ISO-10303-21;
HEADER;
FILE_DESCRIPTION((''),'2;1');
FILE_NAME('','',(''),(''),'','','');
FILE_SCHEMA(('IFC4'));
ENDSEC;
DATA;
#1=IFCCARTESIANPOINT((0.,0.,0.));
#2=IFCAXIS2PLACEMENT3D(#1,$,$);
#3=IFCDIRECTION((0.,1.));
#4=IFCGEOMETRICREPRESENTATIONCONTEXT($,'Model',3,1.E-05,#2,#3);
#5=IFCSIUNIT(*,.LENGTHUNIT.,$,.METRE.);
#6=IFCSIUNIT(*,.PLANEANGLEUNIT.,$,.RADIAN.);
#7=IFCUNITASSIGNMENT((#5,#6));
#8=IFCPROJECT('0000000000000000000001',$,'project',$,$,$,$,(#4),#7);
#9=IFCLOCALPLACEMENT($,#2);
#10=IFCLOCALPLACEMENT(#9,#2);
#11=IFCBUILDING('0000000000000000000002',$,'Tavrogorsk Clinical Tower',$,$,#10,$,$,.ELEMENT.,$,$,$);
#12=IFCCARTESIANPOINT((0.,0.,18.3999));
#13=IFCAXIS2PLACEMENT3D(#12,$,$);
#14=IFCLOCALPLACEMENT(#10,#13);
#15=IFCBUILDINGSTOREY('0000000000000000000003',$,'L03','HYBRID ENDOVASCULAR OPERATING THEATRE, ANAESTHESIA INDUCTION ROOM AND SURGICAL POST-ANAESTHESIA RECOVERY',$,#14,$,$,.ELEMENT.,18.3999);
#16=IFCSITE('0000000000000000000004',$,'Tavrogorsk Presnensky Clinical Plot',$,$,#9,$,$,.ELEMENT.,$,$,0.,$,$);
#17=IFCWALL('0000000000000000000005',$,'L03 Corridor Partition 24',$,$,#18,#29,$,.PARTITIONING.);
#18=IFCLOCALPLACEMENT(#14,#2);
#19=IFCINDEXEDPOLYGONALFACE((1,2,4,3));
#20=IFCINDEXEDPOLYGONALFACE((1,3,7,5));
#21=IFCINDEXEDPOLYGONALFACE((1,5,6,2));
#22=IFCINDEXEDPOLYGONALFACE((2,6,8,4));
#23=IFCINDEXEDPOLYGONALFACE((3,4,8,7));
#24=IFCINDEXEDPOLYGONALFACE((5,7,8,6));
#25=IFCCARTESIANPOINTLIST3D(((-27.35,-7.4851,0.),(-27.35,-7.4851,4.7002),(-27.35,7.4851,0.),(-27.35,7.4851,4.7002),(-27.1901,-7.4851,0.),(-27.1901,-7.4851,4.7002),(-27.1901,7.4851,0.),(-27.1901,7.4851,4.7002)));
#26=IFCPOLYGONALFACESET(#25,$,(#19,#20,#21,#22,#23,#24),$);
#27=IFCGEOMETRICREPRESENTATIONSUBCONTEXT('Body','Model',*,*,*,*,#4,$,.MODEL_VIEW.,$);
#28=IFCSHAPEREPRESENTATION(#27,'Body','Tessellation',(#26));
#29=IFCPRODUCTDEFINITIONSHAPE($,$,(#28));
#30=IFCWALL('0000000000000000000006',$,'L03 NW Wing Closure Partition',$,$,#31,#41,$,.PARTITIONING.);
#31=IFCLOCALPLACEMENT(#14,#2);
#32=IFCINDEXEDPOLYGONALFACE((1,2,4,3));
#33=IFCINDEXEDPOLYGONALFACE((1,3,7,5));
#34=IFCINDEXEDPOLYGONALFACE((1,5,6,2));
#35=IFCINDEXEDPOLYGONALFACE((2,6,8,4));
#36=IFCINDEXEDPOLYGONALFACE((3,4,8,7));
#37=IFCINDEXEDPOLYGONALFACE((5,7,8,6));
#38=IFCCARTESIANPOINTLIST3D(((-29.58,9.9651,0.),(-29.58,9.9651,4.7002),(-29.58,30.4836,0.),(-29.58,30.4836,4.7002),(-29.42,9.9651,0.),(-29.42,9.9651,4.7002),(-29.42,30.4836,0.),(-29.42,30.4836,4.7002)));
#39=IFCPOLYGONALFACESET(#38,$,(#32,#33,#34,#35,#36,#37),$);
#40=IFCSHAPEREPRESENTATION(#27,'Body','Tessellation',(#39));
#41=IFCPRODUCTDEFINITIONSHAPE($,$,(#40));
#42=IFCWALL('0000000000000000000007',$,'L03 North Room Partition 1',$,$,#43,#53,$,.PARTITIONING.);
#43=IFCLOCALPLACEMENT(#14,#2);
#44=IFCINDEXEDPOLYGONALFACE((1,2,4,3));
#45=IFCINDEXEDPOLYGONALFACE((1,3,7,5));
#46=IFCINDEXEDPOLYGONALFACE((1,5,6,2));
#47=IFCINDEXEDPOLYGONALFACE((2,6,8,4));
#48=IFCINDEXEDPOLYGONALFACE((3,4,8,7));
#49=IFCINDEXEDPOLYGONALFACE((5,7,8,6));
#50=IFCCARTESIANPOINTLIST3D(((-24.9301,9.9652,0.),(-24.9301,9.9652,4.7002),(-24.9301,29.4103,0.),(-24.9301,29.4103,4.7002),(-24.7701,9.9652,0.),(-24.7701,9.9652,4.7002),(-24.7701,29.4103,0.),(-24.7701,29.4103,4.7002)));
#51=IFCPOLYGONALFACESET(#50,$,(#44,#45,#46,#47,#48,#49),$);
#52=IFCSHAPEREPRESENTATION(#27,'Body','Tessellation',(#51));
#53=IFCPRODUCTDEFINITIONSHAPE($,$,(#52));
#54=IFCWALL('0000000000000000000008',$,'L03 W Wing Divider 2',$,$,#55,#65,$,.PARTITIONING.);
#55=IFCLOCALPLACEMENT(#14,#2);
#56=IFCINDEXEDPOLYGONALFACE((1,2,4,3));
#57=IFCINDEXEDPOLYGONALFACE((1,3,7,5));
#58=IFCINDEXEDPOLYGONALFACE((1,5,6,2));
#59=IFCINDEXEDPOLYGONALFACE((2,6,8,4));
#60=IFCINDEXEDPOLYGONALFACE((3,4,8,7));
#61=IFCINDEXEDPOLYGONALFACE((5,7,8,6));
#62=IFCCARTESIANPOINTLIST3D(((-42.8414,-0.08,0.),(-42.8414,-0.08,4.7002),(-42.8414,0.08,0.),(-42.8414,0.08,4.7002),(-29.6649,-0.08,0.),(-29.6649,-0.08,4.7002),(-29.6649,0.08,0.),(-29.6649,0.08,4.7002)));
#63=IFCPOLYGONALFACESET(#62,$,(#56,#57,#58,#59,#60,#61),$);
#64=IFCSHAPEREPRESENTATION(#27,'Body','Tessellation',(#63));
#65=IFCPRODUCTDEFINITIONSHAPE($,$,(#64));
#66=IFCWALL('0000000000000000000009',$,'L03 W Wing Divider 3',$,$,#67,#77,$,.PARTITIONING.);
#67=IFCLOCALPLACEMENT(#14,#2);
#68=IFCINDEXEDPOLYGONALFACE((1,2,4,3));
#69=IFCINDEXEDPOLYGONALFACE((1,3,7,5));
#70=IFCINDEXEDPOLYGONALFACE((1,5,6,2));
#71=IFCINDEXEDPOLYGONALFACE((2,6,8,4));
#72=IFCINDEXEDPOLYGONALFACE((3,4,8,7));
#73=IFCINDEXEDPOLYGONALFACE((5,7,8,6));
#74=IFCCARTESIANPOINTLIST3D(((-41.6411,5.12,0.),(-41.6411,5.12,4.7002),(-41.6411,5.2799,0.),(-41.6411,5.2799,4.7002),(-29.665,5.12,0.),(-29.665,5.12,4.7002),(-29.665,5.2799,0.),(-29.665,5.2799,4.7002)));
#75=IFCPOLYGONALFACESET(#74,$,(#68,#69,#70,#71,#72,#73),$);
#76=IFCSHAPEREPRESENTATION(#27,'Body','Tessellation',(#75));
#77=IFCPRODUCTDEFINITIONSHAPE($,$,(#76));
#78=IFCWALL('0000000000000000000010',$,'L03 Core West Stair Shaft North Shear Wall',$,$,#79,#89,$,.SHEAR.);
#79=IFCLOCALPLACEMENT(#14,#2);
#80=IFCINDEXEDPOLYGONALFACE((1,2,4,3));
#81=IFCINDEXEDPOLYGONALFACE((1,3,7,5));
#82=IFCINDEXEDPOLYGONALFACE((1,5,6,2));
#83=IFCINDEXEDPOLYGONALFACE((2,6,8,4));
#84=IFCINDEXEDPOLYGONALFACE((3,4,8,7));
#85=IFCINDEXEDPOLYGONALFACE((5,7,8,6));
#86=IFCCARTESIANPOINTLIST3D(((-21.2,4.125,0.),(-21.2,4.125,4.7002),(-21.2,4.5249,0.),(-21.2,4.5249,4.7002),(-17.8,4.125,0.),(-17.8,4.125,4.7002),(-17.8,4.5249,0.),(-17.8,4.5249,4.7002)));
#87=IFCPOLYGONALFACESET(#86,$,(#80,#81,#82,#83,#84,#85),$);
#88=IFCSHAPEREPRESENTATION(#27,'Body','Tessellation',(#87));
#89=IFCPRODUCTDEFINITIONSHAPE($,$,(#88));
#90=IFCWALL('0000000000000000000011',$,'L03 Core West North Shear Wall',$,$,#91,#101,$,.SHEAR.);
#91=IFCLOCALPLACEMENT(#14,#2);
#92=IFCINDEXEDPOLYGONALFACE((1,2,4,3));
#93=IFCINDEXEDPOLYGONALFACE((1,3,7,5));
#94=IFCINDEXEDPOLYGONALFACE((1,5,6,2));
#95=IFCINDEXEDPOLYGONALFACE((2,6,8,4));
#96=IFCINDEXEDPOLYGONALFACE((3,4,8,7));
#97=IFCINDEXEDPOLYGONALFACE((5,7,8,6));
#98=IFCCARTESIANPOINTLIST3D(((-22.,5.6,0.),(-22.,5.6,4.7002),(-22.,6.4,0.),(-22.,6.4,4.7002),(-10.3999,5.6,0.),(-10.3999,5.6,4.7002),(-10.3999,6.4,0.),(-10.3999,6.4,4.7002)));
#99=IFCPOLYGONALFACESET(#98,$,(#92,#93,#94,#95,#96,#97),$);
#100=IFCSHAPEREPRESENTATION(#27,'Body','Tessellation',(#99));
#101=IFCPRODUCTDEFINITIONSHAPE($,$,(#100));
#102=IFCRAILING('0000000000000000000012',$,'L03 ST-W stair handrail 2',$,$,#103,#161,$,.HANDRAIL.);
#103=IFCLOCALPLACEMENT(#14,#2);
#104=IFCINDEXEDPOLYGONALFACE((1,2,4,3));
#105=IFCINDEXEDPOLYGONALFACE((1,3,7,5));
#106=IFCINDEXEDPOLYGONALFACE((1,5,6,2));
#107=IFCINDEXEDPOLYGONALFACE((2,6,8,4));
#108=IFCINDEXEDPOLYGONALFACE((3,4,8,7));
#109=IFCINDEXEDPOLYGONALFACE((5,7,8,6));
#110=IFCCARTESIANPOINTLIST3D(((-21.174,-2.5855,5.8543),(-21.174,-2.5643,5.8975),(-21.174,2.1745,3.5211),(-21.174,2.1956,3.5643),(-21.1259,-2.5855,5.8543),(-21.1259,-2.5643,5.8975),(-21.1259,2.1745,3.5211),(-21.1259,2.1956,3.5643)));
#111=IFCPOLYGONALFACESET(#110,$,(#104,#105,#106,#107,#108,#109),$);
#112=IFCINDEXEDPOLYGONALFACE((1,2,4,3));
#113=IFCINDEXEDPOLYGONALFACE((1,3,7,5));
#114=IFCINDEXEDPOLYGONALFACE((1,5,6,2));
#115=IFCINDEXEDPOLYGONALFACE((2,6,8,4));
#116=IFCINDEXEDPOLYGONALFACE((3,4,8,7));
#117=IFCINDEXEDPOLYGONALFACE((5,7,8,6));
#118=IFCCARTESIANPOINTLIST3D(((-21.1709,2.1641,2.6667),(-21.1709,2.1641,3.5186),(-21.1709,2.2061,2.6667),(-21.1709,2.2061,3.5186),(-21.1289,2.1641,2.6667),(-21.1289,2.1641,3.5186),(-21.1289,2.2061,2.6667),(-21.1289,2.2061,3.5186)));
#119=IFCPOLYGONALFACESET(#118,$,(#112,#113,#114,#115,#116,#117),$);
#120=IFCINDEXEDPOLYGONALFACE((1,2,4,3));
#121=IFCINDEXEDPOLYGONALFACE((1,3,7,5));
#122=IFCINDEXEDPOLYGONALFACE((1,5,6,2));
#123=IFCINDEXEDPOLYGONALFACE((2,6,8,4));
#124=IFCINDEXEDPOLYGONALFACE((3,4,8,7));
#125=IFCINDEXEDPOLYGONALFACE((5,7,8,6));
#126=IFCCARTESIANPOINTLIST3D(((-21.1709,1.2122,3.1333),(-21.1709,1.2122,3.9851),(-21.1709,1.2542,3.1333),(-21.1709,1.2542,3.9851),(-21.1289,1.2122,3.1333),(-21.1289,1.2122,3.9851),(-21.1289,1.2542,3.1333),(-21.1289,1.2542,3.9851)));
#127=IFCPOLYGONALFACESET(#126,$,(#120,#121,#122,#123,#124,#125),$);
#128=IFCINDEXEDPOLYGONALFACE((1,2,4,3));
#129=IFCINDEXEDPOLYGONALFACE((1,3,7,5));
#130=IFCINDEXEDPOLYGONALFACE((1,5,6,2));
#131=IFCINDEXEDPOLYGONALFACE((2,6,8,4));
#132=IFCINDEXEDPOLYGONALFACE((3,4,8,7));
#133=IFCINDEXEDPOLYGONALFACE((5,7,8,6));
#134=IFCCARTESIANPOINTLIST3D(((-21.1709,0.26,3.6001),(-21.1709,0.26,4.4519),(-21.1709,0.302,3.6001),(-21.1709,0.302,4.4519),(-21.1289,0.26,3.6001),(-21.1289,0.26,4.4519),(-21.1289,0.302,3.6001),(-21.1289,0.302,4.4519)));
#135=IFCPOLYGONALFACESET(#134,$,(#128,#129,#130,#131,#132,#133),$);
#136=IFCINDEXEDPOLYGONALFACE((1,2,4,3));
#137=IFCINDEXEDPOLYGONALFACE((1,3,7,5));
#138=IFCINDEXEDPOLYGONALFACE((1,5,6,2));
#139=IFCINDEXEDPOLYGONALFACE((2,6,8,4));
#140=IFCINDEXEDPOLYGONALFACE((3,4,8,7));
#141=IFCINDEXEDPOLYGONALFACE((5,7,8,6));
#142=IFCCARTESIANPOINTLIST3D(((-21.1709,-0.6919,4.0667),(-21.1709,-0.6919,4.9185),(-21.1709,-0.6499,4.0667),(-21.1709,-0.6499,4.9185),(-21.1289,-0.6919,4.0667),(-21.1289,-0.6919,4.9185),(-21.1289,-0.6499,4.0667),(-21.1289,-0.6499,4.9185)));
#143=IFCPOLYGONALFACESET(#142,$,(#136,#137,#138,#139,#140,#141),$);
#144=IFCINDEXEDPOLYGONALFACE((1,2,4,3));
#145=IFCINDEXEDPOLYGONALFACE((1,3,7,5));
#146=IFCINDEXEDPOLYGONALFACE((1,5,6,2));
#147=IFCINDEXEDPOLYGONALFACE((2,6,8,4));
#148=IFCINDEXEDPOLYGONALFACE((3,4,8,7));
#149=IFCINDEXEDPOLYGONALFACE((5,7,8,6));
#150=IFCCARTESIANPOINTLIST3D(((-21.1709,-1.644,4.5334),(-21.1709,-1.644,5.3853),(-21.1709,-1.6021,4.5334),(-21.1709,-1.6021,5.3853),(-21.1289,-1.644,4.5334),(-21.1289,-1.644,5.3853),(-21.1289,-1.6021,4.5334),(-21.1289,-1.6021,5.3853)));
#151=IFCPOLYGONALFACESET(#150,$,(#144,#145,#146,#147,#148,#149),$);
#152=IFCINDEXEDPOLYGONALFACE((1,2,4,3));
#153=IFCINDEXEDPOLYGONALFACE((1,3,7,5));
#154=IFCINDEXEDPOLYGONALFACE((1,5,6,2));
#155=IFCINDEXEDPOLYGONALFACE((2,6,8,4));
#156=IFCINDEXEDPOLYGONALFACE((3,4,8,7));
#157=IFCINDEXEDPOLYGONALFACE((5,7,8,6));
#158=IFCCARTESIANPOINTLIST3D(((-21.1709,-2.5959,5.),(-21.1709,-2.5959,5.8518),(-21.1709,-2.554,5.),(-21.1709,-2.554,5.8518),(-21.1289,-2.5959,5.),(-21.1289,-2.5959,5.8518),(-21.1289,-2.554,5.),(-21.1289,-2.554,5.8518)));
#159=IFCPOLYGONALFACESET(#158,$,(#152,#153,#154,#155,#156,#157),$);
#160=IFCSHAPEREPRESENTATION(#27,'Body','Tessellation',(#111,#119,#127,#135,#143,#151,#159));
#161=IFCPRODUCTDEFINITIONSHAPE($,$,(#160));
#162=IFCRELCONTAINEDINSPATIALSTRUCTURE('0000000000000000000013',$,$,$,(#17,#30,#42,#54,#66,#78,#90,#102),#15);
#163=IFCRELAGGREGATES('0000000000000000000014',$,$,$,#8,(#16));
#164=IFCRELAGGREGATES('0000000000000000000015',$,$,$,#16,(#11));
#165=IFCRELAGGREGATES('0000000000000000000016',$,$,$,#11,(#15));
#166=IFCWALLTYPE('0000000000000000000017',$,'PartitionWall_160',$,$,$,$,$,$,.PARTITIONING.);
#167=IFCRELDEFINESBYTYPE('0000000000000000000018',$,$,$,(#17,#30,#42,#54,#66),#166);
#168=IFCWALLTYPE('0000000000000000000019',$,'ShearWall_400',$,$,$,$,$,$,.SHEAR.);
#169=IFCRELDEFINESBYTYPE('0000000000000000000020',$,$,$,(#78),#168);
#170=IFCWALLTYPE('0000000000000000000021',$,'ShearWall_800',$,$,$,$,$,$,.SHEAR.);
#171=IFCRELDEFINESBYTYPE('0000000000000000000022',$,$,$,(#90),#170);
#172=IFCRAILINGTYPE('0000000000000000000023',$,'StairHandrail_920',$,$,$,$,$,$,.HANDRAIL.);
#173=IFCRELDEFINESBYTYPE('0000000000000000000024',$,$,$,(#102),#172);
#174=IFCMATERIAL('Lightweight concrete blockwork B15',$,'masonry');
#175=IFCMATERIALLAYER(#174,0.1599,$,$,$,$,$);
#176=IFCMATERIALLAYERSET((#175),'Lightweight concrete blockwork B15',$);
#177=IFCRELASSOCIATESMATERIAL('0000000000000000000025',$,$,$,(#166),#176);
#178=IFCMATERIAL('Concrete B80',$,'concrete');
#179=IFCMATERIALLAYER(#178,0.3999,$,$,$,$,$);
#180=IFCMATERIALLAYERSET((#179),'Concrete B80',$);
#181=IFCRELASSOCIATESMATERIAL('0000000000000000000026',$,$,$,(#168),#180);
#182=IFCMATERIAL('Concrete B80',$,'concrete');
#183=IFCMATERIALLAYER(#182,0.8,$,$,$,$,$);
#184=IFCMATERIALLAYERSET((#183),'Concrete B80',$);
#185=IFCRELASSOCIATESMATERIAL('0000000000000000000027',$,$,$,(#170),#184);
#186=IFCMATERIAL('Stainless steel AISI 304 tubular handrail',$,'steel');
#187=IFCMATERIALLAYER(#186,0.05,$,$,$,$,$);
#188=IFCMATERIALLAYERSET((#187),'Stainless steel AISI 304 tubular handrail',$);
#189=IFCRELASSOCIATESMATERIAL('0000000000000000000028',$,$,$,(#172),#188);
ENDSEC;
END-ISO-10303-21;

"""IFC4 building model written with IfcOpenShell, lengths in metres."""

from ifc_helpers import new_model, si_unit, direction, frame, frame_2d, origin, origin_2d, place, context, subcontext, project, spatial, rectangle, extrude, material, layer, layer_set, type_object, element, save


model = new_model("IFC4")

# Units and contexts
model_context = context("Model", 3, precision=1e-05, world=origin(), true_north=direction((0.0, 1.0)))
body_context = subcontext(model_context, "Body", "Model", "MODEL_VIEW")
ifc_project = project(units=[si_unit("LENGTHUNIT", "METRE"), si_unit("PLANEANGLEUNIT", "RADIAN")], contexts=[model_context])

# Site, building, storey
site_placement = place(None, origin())
site = spatial("IfcSite", under=ifc_project, at=site_placement, Name="Tavrogorsk Presnensky Clinical Plot", CompositionType="ELEMENT", RefElevation=0.0)
building_placement = place(site_placement, origin())
building = spatial("IfcBuilding", under=site, at=building_placement, Name="Tavrogorsk Clinical Tower", CompositionType="ELEMENT")
storey_placement = place(building_placement, frame((0.0, 0.0, 18.3999)))
storey = spatial("IfcBuildingStorey", under=building, at=storey_placement, Name="L03", Description="HYBRID ENDOVASCULAR OPERATING THEATRE, ANAESTHESIA INDUCTION ROOM AND SURGICAL POST-ANAESTHESIA RECOVERY", CompositionType="ELEMENT", Elevation=18.3999)

# Shared definitions
ifc_material_1 = material(Name="Lightweight concrete blockwork B15", Category="masonry")
ifc_layer_1 = layer(ifc_material_1, 0.1599)
ifc_layer_set_1 = layer_set([ifc_layer_1], Name="Lightweight concrete blockwork B15")
wall_type_1 = type_object("IfcWallType", Name="PartitionWall_160", PredefinedType="PARTITIONING", material=ifc_layer_set_1)

# Walls
wall_1_placement = place(storey_placement, frame((-27.27, 7.4851, 0.0), z_axis=(0.0, 0.0, 1.0), x_axis=(0.0, -1.0, 0.0)))
element("IfcWall", 1, at=wall_1_placement, inside=storey, type_object=wall_type_1, Name="L03 Corridor Partition 24", PredefinedType="PARTITIONING", context=body_context, shape_type="SweptSolid", body=[
    extrude(rectangle(XDim=14.9702, YDim=0.1599, at=frame_2d((7.4851, 0.0))), origin(), (0.0, 0.0, 1.0), 4.7002),
])
wall_2_placement = place(storey_placement, frame((-29.5, 9.9651, 0.0), z_axis=(0.0, 0.0, 1.0), x_axis=(0.0, 1.0, 0.0)))
element("IfcWall", 2, at=wall_2_placement, inside=storey, type_object=wall_type_1, Name="L03 NW Wing Closure Partition", PredefinedType="PARTITIONING", context=body_context, shape_type="SweptSolid", body=[
    extrude(rectangle(XDim=20.5186, YDim=0.1599, at=frame_2d((10.2593, 0.0))), origin(), (0.0, 0.0, 1.0), 4.7002),
])
wall_3_placement = place(storey_placement, frame((-24.8501, 9.9651, 0.0), z_axis=(0.0, 0.0, 1.0), x_axis=(0.0, 1.0, 0.0)))
element("IfcWall", 3, at=wall_3_placement, inside=storey, type_object=wall_type_1, Name="L03 North Room Partition 1", PredefinedType="PARTITIONING", context=body_context, shape_type="SweptSolid", body=[
    extrude(rectangle(XDim=19.4451, YDim=0.1599, at=frame_2d((9.7227, 0.0))), origin(), (0.0, 0.0, 1.0), 4.7002),
])
wall_4_placement = place(storey_placement, frame((-42.8416, 0.0, 0.0), z_axis=(0.0, 0.0, 1.0), x_axis=(1.0, 0.0, 0.0)))
element("IfcWall", 4, at=wall_4_placement, inside=storey, type_object=wall_type_1, Name="L03 W Wing Divider 2", PredefinedType="PARTITIONING", context=body_context, shape_type="SweptSolid", body=[
    extrude(rectangle(XDim=13.1765, YDim=0.1599, at=frame_2d((6.5884, 0.0))), origin(), (0.0, 0.0, 1.0), 4.7002),
])
wall_5_placement = place(storey_placement, frame((-41.6411, 5.2, 0.0), z_axis=(0.0, 0.0, 1.0), x_axis=(1.0, 0.0, 0.0)))
element("IfcWall", 5, at=wall_5_placement, inside=storey, type_object=wall_type_1, Name="L03 W Wing Divider 3", PredefinedType="PARTITIONING", context=body_context, shape_type="SweptSolid", body=[
    extrude(rectangle(XDim=11.9761, YDim=0.1599, at=frame_2d((5.988, 0.0))), origin(), (0.0, 0.0, 1.0), 4.7002),
])
ifc_material_2 = material(Name="Concrete B80", Category="concrete")
ifc_layer_2 = layer(ifc_material_2, 0.3999)
ifc_layer_set_2 = layer_set([ifc_layer_2], Name="Concrete B80")
wall_type_2 = type_object("IfcWallType", Name="ShearWall_400", PredefinedType="SHEAR", material=ifc_layer_set_2)
wall_6_placement = place(storey_placement, frame((-21.2, 4.325, 0.0), z_axis=(0.0, 0.0, 1.0), x_axis=(1.0, 0.0, 0.0)))
element("IfcWall", 6, at=wall_6_placement, inside=storey, type_object=wall_type_2, Name="L03 Core West Stair Shaft North Shear Wall", PredefinedType="SHEAR", context=body_context, shape_type="SweptSolid", body=[
    extrude(rectangle(XDim=3.3999, YDim=0.3999, at=frame_2d((1.7, 0.0))), origin(), (0.0, 0.0, 1.0), 4.7002),
])
ifc_material_3 = material(Name="Concrete B80", Category="concrete")
ifc_layer_3 = layer(ifc_material_3, 0.8)
ifc_layer_set_3 = layer_set([ifc_layer_3], Name="Concrete B80")
wall_type_3 = type_object("IfcWallType", Name="ShearWall_800", PredefinedType="SHEAR", material=ifc_layer_set_3)
wall_7_placement = place(storey_placement, frame((-22.0, 6.0, 0.0), z_axis=(0.0, 0.0, 1.0), x_axis=(1.0, 0.0, 0.0)))
element("IfcWall", 7, at=wall_7_placement, inside=storey, type_object=wall_type_3, Name="L03 Core West North Shear Wall", PredefinedType="SHEAR", context=body_context, shape_type="SweptSolid", body=[
    extrude(rectangle(XDim=11.6001, YDim=0.8, at=frame_2d((5.8, 0.0))), origin(), (0.0, 0.0, 1.0), 4.7002),
])

# Railing
ifc_material_4 = material(Name="Stainless steel AISI 304 tubular handrail", Category="steel")
ifc_layer_4 = layer(ifc_material_4, 0.05)
ifc_layer_set_4 = layer_set([ifc_layer_4], Name="Stainless steel AISI 304 tubular handrail")
railing_type = type_object("IfcRailingType", Name="StairHandrail_920", PredefinedType="HANDRAIL", material=ifc_layer_set_4)
railing_placement = place(storey_placement, frame((-21.1499, 2.1851, 2.6667)))
element("IfcRailing", 8, at=railing_placement, inside=storey, type_object=railing_type, Name="L03 ST-W stair handrail 2", PredefinedType="HANDRAIL", context=body_context, shape_type="SweptSolid", body=[
    extrude(rectangle(XDim=0.0481, YDim=0.0481, at=origin_2d()), frame((0.0, 0.0, 0.876), z_axis=(0.0, -0.897927, 0.440144), x_axis=(1.0, 0.0, 0.0)), (0.0, 0.0, 1.0), 5.301),
    extrude(rectangle(XDim=0.042, YDim=0.042, at=origin_2d()), origin(), (0.0, 0.0, 1.0), 0.8518),
    extrude(rectangle(XDim=0.042, YDim=0.042, at=origin_2d()), frame((0.0, -0.9519, 0.4666)), (0.0, 0.0, 1.0), 0.8518),
    extrude(rectangle(XDim=0.042, YDim=0.042, at=origin_2d()), frame((0.0, -1.9041, 0.9333)), (0.0, 0.0, 1.0), 0.8518),
    extrude(rectangle(XDim=0.042, YDim=0.042, at=origin_2d()), frame((0.0, -2.856, 1.3999)), (0.0, 0.0, 1.0), 0.8518),
    extrude(rectangle(XDim=0.042, YDim=0.042, at=origin_2d()), frame((0.0, -3.8081, 1.8667)), (0.0, 0.0, 1.0), 0.8518),
    extrude(rectangle(XDim=0.042, YDim=0.042, at=origin_2d()), frame((0.0, -4.76, 2.3333)), (0.0, 0.0, 1.0), 0.8518),
])

save(model, "model.ifc")
